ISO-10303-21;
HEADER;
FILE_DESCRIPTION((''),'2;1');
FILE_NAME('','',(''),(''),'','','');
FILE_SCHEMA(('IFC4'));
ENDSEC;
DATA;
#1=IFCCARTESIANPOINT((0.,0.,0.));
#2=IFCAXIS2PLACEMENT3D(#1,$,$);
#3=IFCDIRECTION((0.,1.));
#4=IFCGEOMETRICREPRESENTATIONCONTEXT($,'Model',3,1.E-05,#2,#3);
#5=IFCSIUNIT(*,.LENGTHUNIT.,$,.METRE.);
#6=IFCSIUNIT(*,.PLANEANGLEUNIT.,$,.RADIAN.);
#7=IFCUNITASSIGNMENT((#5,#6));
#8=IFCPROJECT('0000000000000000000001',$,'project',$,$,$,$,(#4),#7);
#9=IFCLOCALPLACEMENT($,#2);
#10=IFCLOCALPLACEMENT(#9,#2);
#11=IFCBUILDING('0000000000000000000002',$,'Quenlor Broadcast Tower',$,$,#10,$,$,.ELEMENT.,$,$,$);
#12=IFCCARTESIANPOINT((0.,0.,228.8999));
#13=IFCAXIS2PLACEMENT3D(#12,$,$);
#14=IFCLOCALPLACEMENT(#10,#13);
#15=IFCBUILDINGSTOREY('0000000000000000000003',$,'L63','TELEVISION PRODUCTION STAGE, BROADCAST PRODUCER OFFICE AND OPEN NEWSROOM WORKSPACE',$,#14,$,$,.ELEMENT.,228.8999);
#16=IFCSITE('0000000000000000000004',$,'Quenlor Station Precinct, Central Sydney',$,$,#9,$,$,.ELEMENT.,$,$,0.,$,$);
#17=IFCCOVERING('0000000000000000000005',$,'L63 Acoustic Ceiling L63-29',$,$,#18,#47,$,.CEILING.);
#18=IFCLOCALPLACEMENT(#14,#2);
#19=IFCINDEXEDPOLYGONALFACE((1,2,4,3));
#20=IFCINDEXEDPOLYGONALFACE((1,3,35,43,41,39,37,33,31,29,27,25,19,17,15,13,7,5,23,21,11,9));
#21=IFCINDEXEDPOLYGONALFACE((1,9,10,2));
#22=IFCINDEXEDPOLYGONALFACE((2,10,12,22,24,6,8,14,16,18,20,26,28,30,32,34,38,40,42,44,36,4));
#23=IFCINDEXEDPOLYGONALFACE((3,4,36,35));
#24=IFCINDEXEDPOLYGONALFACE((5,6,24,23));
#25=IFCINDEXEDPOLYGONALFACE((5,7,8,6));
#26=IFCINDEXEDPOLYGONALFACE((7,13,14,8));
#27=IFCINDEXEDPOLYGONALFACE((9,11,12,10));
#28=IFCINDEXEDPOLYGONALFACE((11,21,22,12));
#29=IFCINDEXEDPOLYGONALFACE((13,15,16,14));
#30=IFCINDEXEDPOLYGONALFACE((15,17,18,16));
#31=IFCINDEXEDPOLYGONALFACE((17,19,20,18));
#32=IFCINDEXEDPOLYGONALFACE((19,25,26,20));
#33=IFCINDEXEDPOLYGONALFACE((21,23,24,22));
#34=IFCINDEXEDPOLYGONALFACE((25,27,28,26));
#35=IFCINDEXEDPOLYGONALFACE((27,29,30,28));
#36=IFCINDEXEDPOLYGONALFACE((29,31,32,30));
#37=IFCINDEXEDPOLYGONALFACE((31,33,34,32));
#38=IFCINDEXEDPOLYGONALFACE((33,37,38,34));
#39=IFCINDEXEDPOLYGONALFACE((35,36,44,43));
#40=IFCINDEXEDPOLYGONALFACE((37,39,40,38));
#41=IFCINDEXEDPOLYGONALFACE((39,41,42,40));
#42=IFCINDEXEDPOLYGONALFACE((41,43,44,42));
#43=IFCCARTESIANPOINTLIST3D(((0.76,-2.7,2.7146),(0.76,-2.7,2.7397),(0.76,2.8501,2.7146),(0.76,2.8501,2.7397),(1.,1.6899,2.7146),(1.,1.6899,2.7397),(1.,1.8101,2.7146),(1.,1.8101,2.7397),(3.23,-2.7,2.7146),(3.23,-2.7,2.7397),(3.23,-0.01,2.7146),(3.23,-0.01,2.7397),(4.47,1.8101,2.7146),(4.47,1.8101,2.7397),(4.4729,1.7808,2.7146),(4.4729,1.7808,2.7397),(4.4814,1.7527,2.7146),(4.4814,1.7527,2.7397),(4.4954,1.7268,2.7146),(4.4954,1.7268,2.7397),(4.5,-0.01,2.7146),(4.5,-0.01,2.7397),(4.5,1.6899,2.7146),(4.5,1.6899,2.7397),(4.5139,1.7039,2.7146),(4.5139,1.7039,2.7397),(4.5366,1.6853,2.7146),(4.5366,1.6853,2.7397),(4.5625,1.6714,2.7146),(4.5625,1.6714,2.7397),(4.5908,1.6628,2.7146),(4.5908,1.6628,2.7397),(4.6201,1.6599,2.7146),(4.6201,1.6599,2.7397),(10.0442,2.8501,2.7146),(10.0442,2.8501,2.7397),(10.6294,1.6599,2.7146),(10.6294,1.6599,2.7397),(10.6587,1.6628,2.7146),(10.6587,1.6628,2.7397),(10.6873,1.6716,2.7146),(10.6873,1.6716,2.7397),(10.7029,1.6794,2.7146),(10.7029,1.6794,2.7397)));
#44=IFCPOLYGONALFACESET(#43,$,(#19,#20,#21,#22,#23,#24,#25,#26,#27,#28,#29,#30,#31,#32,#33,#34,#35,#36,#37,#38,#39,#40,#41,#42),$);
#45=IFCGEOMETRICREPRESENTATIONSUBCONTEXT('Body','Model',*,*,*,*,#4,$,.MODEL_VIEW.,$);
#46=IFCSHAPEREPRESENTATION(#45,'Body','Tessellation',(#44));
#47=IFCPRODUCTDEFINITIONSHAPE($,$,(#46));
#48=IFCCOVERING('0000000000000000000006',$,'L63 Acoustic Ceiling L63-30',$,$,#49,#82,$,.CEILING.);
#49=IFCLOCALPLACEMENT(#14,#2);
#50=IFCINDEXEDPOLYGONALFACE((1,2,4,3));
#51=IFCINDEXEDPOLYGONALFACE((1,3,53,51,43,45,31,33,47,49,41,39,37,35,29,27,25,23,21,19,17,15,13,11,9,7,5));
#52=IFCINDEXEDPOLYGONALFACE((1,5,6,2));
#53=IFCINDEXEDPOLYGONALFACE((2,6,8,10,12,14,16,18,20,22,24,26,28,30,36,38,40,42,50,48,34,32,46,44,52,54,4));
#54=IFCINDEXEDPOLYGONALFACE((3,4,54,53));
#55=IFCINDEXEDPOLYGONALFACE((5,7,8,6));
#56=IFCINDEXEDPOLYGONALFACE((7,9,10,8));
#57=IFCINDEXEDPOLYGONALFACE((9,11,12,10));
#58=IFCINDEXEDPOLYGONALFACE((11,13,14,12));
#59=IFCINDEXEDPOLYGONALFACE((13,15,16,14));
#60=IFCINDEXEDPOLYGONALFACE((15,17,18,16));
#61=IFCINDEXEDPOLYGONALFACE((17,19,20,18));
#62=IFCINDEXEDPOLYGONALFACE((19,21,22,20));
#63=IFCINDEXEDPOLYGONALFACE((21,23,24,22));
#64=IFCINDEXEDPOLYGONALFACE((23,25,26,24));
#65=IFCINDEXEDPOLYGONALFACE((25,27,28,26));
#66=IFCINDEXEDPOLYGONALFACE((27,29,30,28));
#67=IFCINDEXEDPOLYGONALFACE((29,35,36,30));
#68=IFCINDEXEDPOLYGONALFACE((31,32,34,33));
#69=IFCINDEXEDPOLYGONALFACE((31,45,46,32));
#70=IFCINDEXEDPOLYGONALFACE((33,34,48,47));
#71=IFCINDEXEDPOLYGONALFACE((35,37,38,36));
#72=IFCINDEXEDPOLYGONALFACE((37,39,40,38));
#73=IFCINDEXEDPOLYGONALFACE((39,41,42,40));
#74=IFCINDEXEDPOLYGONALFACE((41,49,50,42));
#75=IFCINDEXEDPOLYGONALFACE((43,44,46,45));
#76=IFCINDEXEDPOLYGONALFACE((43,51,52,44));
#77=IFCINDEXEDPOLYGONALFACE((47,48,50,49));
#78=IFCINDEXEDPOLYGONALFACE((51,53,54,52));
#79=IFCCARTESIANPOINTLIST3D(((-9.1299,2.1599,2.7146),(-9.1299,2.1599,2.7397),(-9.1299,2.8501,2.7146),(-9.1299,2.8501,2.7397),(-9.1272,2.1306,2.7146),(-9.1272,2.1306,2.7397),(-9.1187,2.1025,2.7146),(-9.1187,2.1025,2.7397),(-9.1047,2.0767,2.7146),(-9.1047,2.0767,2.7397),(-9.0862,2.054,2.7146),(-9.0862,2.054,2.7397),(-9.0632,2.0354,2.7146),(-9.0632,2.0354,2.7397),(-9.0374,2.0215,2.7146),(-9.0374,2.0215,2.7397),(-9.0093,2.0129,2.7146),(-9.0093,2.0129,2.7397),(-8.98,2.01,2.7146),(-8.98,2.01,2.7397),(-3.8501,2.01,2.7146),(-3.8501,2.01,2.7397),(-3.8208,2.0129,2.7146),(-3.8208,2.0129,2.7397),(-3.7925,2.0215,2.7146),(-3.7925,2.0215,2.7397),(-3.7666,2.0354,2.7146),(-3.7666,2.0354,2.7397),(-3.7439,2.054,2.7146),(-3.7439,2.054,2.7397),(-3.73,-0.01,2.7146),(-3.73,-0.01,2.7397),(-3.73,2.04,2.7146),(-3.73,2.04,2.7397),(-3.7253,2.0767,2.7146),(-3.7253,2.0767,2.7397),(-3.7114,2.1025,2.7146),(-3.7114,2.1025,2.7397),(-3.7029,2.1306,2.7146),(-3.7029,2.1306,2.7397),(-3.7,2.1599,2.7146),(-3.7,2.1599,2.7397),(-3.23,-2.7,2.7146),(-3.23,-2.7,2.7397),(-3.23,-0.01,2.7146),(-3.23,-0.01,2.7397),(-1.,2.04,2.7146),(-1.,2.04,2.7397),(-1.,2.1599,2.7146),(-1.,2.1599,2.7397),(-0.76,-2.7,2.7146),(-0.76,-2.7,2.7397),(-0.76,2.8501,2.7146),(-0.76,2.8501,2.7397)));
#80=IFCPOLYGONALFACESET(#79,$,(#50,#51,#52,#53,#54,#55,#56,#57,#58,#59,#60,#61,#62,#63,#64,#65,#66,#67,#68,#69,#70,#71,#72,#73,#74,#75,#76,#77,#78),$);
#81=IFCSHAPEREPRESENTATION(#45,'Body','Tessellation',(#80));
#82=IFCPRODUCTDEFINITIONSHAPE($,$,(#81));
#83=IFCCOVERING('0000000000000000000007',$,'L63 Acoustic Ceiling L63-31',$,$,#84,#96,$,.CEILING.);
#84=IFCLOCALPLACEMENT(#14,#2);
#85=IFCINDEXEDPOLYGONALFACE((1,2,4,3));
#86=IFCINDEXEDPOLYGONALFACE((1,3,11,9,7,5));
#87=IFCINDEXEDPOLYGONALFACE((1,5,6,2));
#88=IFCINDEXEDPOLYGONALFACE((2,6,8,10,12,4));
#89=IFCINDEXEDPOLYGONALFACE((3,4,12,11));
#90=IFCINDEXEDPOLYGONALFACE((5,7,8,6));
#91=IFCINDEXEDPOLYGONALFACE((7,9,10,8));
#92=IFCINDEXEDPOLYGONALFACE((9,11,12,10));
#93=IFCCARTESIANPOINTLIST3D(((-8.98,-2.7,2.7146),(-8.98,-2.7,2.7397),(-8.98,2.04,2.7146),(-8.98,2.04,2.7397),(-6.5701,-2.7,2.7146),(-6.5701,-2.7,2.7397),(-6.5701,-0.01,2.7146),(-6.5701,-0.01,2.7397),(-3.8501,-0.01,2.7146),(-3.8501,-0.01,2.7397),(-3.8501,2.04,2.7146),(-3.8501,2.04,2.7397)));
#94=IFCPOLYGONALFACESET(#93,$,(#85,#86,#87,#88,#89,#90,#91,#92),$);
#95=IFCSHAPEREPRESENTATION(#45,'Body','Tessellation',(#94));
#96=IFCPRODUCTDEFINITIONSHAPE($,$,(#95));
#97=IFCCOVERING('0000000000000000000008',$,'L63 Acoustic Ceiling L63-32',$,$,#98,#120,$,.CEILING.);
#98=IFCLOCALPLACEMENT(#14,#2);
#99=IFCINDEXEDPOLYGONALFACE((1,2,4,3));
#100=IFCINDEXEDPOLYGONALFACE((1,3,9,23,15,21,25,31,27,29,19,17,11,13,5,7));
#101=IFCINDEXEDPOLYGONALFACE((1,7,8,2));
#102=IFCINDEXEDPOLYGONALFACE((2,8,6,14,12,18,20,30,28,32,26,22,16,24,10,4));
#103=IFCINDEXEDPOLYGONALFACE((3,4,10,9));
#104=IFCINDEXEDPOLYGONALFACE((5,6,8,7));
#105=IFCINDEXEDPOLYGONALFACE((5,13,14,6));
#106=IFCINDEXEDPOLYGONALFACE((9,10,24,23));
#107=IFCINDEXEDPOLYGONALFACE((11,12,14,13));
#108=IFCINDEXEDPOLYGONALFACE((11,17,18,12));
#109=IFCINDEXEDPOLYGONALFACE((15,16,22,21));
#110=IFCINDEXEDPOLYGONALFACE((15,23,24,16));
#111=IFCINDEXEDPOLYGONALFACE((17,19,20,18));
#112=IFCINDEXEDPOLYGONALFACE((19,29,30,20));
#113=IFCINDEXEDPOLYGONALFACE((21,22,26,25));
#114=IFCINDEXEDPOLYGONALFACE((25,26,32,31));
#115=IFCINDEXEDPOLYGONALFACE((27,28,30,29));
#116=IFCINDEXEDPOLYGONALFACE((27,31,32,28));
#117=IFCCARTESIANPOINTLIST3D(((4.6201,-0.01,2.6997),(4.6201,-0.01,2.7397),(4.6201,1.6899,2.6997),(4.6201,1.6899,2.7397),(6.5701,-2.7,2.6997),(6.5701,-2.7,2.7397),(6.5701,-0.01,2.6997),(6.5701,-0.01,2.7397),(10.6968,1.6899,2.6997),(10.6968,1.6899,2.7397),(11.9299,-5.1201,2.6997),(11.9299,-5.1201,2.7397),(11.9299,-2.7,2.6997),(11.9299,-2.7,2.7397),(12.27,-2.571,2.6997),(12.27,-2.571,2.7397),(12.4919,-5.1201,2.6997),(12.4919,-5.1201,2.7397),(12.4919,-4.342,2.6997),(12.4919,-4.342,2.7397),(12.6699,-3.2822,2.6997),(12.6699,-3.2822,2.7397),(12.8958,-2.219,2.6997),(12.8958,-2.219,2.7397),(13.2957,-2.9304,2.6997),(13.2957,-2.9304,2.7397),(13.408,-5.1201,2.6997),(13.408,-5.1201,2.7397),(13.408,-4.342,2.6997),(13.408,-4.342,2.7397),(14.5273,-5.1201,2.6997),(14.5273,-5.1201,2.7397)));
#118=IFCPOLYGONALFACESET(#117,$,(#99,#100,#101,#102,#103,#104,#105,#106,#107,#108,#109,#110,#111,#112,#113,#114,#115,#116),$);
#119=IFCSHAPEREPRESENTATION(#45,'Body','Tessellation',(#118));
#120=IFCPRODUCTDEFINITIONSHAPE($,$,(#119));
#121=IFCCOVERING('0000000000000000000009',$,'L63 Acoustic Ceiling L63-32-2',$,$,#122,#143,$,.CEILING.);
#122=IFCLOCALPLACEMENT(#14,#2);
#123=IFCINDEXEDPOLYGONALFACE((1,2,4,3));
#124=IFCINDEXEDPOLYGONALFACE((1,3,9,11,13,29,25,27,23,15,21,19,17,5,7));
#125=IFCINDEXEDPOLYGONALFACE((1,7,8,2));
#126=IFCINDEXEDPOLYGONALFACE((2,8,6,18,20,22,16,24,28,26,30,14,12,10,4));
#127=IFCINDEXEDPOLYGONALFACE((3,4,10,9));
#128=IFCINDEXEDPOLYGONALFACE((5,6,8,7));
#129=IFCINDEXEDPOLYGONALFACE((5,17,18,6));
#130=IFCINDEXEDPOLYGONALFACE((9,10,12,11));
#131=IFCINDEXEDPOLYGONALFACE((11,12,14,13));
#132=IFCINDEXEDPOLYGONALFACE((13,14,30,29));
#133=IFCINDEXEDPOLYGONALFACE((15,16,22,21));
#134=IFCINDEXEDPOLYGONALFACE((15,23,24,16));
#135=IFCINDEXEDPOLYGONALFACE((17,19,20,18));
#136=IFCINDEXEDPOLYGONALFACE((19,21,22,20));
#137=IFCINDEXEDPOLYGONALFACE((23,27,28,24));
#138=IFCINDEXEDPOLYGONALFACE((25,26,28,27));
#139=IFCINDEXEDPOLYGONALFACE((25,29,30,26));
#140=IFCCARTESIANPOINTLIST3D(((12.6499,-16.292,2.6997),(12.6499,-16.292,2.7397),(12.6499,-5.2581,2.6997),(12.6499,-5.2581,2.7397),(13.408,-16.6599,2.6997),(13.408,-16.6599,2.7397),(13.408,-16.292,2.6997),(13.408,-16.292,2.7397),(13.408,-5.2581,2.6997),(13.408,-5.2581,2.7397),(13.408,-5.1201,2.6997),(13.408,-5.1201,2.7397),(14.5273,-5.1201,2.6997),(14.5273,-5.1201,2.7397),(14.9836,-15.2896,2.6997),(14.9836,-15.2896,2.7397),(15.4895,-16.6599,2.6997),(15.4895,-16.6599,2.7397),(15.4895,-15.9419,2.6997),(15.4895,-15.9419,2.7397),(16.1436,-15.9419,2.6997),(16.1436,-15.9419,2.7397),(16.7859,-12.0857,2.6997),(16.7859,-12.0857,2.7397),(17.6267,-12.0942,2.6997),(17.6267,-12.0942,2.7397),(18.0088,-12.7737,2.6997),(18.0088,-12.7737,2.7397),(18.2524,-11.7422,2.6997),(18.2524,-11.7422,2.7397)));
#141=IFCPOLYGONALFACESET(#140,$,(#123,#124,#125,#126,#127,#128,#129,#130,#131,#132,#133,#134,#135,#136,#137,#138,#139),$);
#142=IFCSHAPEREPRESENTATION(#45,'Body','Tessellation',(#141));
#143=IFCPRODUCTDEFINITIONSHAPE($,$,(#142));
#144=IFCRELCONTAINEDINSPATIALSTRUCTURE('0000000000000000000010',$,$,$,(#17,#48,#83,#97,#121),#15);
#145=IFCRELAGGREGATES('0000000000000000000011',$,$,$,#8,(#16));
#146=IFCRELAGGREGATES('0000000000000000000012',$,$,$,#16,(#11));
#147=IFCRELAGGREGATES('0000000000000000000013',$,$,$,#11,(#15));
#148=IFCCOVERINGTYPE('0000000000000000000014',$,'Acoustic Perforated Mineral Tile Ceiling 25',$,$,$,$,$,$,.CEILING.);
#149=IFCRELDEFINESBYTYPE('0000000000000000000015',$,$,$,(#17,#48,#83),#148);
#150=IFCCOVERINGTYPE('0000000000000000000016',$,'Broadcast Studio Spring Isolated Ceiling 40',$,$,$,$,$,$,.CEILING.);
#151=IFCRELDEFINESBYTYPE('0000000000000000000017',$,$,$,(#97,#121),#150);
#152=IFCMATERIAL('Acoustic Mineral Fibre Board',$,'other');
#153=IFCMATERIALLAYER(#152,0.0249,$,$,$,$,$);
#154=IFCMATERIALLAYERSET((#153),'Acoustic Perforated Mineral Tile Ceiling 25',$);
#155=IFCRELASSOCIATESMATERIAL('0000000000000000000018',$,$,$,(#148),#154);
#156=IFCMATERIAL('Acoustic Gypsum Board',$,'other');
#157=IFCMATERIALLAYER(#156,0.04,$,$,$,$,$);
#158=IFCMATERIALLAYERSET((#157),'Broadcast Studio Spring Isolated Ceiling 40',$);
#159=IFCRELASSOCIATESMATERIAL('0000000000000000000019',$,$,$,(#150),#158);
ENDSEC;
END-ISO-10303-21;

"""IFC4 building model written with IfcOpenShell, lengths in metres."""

from ifc_helpers import new_model, si_unit, direction, frame, origin, place, context, subcontext, project, spatial, polyline, outline, extrude, material, layer, layer_set, type_object, element, save


model = new_model("IFC4")

# Units and contexts
model_context = context("Model", 3, precision=1e-05, world=origin(), true_north=direction((0.0, 1.0)))
body_context = subcontext(model_context, "Body", "Model", "MODEL_VIEW")
ifc_project = project(units=[si_unit("LENGTHUNIT", "METRE"), si_unit("PLANEANGLEUNIT", "RADIAN")], contexts=[model_context])

# Site, building, storey
site_placement = place(None, origin())
site = spatial("IfcSite", under=ifc_project, at=site_placement, Name="Quenlor Station Precinct, Central Sydney", CompositionType="ELEMENT", RefElevation=0.0)
building_placement = place(site_placement, origin())
building = spatial("IfcBuilding", under=site, at=building_placement, Name="Quenlor Broadcast Tower", CompositionType="ELEMENT")
storey_placement = place(building_placement, frame((0.0, 0.0, 228.8999)))
storey = spatial("IfcBuildingStorey", under=building, at=storey_placement, Name="L63", Description="TELEVISION PRODUCTION STAGE, BROADCAST PRODUCER OFFICE AND OPEN NEWSROOM WORKSPACE", CompositionType="ELEMENT", Elevation=228.8999)

# Coverings
ifc_material_1 = material(Name="Acoustic Mineral Fibre Board", Category="other")
ifc_layer_1 = layer(ifc_material_1, 0.0249)
ifc_layer_set_1 = layer_set([ifc_layer_1], Name="Acoustic Perforated Mineral Tile Ceiling 25")
covering_type_1 = type_object("IfcCoveringType", Name="Acoustic Perforated Mineral Tile Ceiling 25", PredefinedType="CEILING", material=ifc_layer_set_1)
covering_1_placement = place(storey_placement, frame((0.0, 0.0, 2.7146)))
element("IfcCovering", 1, at=covering_1_placement, inside=storey, type_object=covering_type_1, Name="L63 Acoustic Ceiling L63-29", PredefinedType="CEILING", context=body_context, shape_type="SweptSolid", body=[
    extrude(outline(polyline([(4.6201, 1.6599), (4.5908, 1.6628), (4.5625, 1.6714), (4.5366, 1.6853), (4.5139, 1.7039), (4.4954, 1.7268), (4.4814, 1.7527), (4.4729, 1.7808), (4.47, 1.8101), (1.0, 1.8101), (1.0, 1.6899), (4.5, 1.6899), (4.5, -0.01), (3.23, -0.01), (3.23, -2.7), (0.76, -2.7), (0.76, 2.8501), (10.0442, 2.8501), (10.7029, 1.6794), (10.6873, 1.6716), (10.6587, 1.6628), (10.6294, 1.6599), (4.6201, 1.6599)])), origin(), (0.0, 0.0, 1.0), 0.0251),
])
covering_2_placement = place(storey_placement, frame((0.0, 0.0, 2.7146)))
element("IfcCovering", 2, at=covering_2_placement, inside=storey, type_object=covering_type_1, Name="L63 Acoustic Ceiling L63-30", PredefinedType="CEILING", context=body_context, shape_type="SweptSolid", body=[
    extrude(outline(polyline([(-3.73, -0.01), (-3.73, 2.04), (-1.0, 2.04), (-1.0, 2.1599), (-3.7, 2.1599), (-3.7029, 2.1306), (-3.7114, 2.1025), (-3.7253, 2.0767), (-3.7439, 2.054), (-3.7666, 2.0354), (-3.7925, 2.0215), (-3.8208, 2.0129), (-3.8501, 2.01), (-8.98, 2.01), (-9.0093, 2.0129), (-9.0374, 2.0215), (-9.0632, 2.0354), (-9.0862, 2.054), (-9.1047, 2.0767), (-9.1187, 2.1025), (-9.1272, 2.1306), (-9.1299, 2.1599), (-9.1299, 2.8501), (-0.76, 2.8501), (-0.76, -2.7), (-3.23, -2.7), (-3.23, -0.01), (-3.73, -0.01)])), origin(), (0.0, 0.0, 1.0), 0.0251),
])
covering_3_placement = place(storey_placement, frame((0.0, 0.0, 2.7146)))
element("IfcCovering", 3, at=covering_3_placement, inside=storey, type_object=covering_type_1, Name="L63 Acoustic Ceiling L63-31", PredefinedType="CEILING", context=body_context, shape_type="SweptSolid", body=[
    extrude(outline(polyline([(-8.98, 2.04), (-3.8501, 2.04), (-3.8501, -0.01), (-6.5701, -0.01), (-6.5701, -2.7), (-8.98, -2.7), (-8.98, 2.04)])), origin(), (0.0, 0.0, 1.0), 0.0251),
])
ifc_material_2 = material(Name="Acoustic Gypsum Board", Category="other")
ifc_layer_2 = layer(ifc_material_2, 0.04)
ifc_layer_set_2 = layer_set([ifc_layer_2], Name="Broadcast Studio Spring Isolated Ceiling 40")
covering_type_2 = type_object("IfcCoveringType", Name="Broadcast Studio Spring Isolated Ceiling 40", PredefinedType="CEILING", material=ifc_layer_set_2)
covering_4_placement = place(storey_placement, frame((0.0, 0.0, 2.6997)))
element("IfcCovering", 4, at=covering_4_placement, inside=storey, type_object=covering_type_2, Name="L63 Acoustic Ceiling L63-32", PredefinedType="CEILING", context=body_context, shape_type="SweptSolid", body=[
    extrude(outline(polyline([(13.408, -4.342), (12.4919, -4.342), (12.4919, -5.1201), (11.9299, -5.1201), (11.9299, -2.7), (6.5701, -2.7), (6.5701, -0.01), (4.6201, -0.01), (4.6201, 1.6899), (10.6968, 1.6899), (12.8958, -2.219), (12.27, -2.571), (12.6699, -3.2822), (13.2957, -2.9304), (14.5273, -5.1201), (13.408, -5.1201), (13.408, -4.342)])), origin(), (0.0, 0.0, 1.0), 0.04),
])
covering_5_placement = place(storey_placement, frame((0.0, 0.0, 2.6997)))
element("IfcCovering", 5, at=covering_5_placement, inside=storey, type_object=covering_type_2, Name="L63 Acoustic Ceiling L63-32-2", PredefinedType="CEILING", context=body_context, shape_type="SweptSolid", body=[
    extrude(outline(polyline([(13.408, -5.1201), (14.5273, -5.1201), (18.2524, -11.7422), (17.6267, -12.0942), (18.0088, -12.7737), (16.7859, -12.0857), (14.9836, -15.2896), (16.1436, -15.9419), (15.4895, -15.9419), (15.4895, -16.6599), (13.408, -16.6599), (13.408, -16.292), (12.6499, -16.292), (12.6499, -5.2581), (13.408, -5.2581), (13.408, -5.1201)])), origin(), (0.0, 0.0, 1.0), 0.04),
])

save(model, "model.ifc")
